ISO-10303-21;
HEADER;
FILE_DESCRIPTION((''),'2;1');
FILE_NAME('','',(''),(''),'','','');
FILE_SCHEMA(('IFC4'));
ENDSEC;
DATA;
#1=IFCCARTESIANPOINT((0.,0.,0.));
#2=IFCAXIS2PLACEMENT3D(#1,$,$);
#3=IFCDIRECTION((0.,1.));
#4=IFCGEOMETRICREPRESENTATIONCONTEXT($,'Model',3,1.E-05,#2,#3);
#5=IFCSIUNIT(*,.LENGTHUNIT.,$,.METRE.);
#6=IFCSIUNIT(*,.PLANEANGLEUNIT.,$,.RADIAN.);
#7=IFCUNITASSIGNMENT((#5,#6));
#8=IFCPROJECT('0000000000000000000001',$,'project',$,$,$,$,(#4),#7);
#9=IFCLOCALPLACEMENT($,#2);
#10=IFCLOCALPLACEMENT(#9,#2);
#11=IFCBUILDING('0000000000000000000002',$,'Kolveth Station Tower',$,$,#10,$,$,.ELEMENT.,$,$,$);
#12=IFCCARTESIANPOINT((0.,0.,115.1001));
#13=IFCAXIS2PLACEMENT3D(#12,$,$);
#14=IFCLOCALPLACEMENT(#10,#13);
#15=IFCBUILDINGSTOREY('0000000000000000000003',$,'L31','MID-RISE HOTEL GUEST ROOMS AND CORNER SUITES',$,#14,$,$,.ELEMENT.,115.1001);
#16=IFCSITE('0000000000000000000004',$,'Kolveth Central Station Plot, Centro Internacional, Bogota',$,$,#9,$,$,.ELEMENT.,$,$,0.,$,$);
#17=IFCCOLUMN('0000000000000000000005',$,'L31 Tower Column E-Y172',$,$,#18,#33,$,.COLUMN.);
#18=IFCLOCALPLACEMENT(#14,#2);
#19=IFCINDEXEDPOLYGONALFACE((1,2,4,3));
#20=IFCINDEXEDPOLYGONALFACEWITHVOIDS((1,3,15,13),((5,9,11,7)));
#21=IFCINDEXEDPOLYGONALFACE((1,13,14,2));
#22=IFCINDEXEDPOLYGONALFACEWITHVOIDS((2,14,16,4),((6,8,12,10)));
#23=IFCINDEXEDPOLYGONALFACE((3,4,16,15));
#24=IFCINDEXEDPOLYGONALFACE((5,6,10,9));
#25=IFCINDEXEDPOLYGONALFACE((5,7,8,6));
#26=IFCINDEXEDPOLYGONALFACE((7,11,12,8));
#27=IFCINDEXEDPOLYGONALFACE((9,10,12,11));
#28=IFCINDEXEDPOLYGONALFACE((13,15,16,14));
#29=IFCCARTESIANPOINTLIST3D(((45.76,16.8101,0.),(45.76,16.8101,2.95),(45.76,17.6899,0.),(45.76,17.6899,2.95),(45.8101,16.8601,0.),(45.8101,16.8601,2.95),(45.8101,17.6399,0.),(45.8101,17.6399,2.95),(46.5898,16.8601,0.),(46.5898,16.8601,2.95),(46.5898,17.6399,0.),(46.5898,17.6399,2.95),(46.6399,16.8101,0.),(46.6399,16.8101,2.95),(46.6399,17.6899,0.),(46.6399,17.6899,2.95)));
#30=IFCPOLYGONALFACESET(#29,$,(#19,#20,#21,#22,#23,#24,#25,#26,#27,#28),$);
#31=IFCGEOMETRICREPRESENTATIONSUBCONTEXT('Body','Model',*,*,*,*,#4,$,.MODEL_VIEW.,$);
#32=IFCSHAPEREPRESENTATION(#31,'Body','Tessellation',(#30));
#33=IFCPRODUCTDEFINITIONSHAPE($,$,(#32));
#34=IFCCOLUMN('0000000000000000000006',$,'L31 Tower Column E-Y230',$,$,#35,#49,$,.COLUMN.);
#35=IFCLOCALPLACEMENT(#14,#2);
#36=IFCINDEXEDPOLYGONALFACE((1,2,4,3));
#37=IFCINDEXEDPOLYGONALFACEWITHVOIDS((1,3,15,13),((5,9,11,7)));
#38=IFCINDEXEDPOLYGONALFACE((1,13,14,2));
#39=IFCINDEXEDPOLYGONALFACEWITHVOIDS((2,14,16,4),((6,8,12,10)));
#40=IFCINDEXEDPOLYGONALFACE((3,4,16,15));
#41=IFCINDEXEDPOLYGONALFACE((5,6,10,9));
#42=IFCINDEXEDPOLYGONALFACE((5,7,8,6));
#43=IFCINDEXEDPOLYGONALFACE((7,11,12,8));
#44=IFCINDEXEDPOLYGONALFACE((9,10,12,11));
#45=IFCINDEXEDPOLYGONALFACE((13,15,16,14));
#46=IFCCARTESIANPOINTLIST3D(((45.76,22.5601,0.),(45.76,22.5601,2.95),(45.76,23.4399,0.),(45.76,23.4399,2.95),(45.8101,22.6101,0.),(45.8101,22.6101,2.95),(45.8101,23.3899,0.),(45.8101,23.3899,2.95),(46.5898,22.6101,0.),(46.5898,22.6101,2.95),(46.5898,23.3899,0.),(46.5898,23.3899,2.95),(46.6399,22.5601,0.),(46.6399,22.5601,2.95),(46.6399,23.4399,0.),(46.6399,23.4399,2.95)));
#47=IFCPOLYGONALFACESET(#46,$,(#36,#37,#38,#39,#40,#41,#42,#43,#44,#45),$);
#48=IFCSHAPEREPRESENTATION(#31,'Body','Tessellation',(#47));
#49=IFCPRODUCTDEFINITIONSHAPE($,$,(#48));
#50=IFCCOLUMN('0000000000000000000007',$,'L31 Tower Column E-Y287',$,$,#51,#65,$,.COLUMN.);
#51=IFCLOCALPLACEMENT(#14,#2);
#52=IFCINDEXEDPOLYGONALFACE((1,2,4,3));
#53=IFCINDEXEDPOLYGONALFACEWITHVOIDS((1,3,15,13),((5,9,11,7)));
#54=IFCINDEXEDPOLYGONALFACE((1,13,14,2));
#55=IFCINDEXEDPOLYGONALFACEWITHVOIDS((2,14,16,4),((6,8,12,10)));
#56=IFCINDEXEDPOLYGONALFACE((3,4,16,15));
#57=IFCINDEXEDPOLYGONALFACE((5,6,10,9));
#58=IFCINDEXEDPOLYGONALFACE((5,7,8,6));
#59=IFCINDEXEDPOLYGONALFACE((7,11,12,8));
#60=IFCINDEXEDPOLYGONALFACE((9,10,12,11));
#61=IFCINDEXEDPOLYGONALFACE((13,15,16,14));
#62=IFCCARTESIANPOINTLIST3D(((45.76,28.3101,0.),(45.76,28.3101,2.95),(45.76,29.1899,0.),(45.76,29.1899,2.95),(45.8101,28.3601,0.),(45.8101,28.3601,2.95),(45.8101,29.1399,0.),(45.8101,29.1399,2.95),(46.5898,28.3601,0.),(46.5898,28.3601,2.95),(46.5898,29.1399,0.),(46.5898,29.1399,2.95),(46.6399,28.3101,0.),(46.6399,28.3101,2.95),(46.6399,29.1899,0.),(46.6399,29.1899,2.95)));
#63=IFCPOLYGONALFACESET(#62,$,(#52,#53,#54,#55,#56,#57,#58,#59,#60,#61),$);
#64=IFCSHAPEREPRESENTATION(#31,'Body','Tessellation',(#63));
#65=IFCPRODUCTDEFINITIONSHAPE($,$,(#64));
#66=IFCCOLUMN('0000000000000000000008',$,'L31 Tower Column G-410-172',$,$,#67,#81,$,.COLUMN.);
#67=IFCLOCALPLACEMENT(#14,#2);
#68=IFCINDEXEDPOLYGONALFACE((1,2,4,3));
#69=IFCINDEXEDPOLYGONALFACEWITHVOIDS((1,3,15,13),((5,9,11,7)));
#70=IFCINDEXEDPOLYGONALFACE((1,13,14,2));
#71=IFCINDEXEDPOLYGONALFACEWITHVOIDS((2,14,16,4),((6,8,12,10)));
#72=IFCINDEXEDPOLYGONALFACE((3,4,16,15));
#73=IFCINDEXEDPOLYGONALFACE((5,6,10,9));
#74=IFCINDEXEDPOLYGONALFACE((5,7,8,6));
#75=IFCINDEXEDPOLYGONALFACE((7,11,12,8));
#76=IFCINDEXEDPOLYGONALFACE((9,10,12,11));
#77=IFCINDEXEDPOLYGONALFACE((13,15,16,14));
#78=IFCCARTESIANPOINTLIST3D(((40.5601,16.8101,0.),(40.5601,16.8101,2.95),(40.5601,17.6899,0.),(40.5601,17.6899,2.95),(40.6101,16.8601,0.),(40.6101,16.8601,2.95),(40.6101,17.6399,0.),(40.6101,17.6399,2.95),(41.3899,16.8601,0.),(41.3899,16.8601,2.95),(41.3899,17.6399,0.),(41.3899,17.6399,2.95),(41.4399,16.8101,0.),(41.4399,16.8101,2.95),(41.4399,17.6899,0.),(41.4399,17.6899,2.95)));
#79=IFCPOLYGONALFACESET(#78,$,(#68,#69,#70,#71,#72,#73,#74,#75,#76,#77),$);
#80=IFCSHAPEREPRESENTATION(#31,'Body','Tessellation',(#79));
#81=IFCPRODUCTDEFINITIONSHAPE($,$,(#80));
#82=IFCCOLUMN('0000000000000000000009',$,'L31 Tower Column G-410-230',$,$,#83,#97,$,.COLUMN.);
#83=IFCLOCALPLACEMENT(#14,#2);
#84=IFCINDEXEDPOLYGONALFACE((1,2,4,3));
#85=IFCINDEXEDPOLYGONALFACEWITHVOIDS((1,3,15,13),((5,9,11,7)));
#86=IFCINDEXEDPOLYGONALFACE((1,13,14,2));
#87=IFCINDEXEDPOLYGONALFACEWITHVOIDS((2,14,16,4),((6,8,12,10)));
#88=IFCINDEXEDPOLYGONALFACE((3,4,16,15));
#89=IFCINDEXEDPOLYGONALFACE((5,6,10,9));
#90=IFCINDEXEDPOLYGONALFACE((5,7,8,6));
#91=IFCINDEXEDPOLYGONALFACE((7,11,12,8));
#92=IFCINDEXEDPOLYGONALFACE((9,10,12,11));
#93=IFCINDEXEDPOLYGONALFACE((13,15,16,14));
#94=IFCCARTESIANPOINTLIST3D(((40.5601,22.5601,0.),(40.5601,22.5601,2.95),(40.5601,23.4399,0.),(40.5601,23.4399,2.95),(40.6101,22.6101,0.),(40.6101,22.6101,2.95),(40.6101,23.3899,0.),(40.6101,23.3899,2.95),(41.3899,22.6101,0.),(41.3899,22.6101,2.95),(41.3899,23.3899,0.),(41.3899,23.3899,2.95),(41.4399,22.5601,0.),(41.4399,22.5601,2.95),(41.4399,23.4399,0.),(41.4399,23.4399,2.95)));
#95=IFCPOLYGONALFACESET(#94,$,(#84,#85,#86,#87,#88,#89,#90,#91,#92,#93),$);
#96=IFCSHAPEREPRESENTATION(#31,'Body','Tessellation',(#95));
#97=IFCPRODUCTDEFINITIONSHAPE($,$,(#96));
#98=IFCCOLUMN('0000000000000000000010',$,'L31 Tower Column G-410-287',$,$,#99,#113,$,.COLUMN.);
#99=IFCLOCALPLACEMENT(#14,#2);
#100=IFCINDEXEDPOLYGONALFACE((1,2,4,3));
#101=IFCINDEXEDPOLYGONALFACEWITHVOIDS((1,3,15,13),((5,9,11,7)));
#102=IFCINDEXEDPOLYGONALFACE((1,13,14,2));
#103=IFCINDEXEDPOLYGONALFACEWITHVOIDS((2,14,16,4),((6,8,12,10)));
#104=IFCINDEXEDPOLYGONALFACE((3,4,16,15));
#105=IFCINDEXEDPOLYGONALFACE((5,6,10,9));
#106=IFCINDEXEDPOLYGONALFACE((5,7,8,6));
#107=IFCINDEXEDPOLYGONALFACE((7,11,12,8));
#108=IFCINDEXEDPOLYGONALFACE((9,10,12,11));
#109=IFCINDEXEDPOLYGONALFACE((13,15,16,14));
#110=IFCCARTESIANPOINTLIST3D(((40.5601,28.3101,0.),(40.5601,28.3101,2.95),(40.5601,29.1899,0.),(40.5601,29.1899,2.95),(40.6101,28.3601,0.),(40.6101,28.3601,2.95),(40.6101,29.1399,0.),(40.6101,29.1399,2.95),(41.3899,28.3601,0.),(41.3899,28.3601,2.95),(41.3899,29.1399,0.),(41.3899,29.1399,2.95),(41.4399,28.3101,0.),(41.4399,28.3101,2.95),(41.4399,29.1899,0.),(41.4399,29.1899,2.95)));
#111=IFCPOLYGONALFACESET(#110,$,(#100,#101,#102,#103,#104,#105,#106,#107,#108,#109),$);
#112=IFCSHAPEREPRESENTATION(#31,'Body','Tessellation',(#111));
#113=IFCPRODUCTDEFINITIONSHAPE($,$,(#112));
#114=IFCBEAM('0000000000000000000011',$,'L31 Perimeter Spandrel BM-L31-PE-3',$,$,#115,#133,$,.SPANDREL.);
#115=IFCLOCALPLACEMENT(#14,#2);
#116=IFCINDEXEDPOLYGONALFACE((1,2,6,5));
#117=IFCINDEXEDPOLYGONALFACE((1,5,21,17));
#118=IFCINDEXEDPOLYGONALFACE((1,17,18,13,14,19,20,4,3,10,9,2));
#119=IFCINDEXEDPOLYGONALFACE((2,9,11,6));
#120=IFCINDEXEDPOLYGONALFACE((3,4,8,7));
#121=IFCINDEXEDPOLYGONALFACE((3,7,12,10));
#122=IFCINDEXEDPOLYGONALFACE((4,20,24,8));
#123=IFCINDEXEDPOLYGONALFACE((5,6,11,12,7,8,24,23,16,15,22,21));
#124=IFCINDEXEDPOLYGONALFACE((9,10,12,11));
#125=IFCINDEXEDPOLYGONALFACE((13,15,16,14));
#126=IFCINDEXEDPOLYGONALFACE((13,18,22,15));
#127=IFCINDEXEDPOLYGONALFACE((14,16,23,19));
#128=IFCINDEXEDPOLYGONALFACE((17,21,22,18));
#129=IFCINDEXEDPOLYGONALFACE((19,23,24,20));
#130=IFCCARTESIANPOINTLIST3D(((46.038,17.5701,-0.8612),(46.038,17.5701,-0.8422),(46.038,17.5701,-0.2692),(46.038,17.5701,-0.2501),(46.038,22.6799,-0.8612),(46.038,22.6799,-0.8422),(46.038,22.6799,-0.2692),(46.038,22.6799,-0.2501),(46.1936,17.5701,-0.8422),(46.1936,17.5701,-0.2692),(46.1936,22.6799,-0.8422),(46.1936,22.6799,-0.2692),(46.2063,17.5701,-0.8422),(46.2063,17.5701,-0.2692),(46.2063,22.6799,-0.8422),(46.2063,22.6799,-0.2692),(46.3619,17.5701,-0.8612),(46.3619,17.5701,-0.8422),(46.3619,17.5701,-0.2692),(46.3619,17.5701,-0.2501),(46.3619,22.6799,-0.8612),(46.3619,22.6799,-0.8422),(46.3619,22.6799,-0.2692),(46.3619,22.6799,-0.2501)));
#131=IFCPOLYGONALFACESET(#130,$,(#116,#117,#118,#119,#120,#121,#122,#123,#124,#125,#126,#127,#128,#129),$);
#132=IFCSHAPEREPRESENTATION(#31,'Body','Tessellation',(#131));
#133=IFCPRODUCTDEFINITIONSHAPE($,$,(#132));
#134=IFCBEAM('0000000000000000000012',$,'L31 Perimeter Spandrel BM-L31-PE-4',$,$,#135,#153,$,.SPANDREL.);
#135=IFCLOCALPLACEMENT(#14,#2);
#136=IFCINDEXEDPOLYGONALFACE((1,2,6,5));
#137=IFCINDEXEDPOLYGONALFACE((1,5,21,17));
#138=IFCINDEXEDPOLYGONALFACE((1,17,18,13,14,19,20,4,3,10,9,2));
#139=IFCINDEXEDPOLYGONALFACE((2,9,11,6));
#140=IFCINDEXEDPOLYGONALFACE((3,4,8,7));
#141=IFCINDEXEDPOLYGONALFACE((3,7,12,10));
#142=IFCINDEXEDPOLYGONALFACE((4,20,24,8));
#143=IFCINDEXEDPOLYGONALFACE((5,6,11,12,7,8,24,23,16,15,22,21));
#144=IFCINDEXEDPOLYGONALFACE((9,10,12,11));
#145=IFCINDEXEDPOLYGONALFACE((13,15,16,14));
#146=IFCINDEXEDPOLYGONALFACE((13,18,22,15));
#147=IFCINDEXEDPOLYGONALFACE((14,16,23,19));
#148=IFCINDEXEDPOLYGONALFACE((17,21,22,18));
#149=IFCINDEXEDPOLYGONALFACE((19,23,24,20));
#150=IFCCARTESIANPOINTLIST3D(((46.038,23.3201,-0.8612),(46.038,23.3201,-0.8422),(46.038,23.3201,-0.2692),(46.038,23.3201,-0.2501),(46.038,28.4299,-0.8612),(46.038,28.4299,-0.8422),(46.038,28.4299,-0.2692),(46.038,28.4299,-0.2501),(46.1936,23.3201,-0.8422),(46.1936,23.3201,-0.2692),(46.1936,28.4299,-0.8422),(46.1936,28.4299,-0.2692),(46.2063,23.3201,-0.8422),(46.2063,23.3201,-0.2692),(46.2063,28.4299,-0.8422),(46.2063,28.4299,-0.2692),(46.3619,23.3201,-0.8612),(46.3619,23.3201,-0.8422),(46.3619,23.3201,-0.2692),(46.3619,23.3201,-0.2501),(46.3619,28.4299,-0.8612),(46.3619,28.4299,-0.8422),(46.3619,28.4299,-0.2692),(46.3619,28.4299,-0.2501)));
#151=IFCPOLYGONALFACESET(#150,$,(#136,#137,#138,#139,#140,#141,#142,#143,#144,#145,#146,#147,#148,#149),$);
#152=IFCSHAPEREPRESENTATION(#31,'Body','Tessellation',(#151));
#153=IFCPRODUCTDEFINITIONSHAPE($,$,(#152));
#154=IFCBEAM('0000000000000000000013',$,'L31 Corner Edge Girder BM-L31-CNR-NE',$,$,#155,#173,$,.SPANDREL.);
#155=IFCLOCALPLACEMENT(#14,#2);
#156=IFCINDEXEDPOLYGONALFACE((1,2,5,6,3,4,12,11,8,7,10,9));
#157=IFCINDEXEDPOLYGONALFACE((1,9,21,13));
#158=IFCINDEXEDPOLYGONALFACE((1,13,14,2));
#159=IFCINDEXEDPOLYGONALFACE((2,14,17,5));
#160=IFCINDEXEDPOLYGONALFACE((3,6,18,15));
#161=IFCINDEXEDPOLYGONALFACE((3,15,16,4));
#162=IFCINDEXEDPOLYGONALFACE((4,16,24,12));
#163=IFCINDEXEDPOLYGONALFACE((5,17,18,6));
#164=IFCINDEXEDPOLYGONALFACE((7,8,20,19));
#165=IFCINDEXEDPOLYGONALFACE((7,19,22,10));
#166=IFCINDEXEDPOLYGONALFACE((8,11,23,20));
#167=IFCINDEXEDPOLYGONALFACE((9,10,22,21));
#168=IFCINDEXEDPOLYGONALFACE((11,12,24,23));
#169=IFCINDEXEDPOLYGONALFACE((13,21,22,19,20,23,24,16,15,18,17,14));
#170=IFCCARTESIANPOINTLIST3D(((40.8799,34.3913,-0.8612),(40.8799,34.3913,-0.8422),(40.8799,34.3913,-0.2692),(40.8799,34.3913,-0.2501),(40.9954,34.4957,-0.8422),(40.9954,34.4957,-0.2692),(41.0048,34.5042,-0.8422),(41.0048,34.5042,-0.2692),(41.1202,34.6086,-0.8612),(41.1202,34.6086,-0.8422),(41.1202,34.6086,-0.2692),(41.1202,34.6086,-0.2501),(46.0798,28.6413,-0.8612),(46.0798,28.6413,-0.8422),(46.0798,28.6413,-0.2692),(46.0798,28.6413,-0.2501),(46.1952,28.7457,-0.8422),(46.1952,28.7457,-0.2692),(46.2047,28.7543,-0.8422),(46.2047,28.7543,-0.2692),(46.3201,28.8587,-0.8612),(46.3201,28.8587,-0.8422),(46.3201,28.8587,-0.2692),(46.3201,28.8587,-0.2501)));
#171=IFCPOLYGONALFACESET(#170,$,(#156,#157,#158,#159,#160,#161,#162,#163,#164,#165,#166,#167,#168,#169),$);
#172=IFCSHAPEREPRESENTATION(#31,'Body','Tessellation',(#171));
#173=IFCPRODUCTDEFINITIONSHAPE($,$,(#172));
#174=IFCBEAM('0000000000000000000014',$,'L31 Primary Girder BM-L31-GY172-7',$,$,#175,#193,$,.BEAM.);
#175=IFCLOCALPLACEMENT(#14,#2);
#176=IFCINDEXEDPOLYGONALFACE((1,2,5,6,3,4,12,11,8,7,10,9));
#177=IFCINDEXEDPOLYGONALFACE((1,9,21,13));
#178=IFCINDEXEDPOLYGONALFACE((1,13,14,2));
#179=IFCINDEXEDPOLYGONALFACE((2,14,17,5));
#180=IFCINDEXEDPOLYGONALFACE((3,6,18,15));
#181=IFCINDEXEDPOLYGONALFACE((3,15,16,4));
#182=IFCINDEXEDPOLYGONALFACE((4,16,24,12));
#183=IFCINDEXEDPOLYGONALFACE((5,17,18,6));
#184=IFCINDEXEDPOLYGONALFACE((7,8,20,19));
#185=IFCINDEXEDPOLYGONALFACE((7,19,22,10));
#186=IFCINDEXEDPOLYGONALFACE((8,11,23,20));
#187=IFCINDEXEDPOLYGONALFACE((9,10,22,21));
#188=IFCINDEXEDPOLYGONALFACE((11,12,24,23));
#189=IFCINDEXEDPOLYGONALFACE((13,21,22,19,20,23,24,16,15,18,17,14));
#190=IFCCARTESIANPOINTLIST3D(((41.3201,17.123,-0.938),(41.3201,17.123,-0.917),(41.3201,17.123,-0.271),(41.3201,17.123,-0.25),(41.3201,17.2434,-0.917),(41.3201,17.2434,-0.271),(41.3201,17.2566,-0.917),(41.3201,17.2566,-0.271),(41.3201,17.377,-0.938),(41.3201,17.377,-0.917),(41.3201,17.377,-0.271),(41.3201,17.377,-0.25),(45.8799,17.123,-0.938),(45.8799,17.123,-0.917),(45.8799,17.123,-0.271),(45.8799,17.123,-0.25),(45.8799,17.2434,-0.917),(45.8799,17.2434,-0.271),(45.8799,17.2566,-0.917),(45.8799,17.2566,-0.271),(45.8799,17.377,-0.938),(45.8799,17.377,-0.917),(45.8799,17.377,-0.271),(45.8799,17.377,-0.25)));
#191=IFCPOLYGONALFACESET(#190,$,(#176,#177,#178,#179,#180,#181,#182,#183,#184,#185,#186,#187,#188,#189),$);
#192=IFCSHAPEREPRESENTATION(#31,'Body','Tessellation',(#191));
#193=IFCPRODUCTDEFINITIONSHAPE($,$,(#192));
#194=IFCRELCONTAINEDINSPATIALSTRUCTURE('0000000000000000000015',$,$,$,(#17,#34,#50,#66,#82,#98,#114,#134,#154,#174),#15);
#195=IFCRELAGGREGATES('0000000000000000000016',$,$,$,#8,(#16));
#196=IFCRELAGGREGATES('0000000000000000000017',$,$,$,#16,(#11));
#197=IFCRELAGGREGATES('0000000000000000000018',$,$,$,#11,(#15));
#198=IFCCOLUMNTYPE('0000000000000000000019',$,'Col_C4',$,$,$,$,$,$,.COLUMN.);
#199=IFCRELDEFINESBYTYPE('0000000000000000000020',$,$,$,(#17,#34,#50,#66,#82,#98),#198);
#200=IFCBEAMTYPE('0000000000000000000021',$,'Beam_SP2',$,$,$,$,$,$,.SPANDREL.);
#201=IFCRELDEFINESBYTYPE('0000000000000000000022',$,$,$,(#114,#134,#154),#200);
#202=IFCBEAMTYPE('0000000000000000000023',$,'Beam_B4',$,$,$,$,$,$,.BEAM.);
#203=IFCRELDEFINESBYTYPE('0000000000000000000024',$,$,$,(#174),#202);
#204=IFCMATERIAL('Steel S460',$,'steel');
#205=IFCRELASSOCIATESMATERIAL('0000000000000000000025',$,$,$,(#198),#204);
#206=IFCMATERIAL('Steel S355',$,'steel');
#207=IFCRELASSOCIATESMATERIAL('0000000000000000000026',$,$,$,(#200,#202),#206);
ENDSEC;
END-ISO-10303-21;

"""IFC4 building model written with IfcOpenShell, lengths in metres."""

from ifc_helpers import new_model, si_unit, direction, frame, origin, origin_2d, place, context, subcontext, project, spatial, hollow_rectangle, i_section, extrude, source, transform, mapped, material, material_profile, profile_set, type_object, element, save


model = new_model("IFC4")

# Units and contexts
model_context = context("Model", 3, precision=1e-05, world=origin(), true_north=direction((0.0, 1.0)))
body_context = subcontext(model_context, "Body", "Model", "MODEL_VIEW")
ifc_project = project(units=[si_unit("LENGTHUNIT", "METRE"), si_unit("PLANEANGLEUNIT", "RADIAN")], contexts=[model_context])

# Site, building, storey
site_placement = place(None, origin())
site = spatial("IfcSite", under=ifc_project, at=site_placement, Name="Kolveth Central Station Plot, Centro Internacional, Bogota", CompositionType="ELEMENT", RefElevation=0.0)
building_placement = place(site_placement, origin())
building = spatial("IfcBuilding", under=site, at=building_placement, Name="Kolveth Station Tower", CompositionType="ELEMENT")
storey_placement = place(building_placement, frame((0.0, 0.0, 115.1001)))
storey = spatial("IfcBuildingStorey", under=building, at=storey_placement, Name="L31", Description="MID-RISE HOTEL GUEST ROOMS AND CORNER SUITES", CompositionType="ELEMENT", Elevation=115.1001)

# Columns
ifc_material_1 = material(Name="Steel S460", Category="steel")
ifc_material_profile_1 = material_profile(ifc_material_1, hollow_rectangle(XDim=0.8799, YDim=0.8799, WallThickness=0.05, at=origin_2d()), Name="BOX880x880x50")
ifc_profile_set_1 = profile_set([ifc_material_profile_1], Name="Steel S460")
column_type = type_object("IfcColumnType", Name="Col_C4", PredefinedType="COLUMN", material=ifc_profile_set_1)
shared_shape_1 = source(origin(), body_context, "Body", "SweptSolid", [
    extrude(hollow_rectangle(XDim=0.8799, YDim=0.8799, WallThickness=0.05, at=origin_2d()), origin(), (0.0, 0.0, 1.0), 2.95),
])
for number, where, z_axis, x_axis, name in (
    (1, (46.2, 17.25, 0.0), (0.0, 0.0, 1.0), (1.0, 0.0, 0.0), "L31 Tower Column E-Y172"),
    (2, (46.2, 23.0, 0.0), (0.0, 0.0, 1.0), (1.0, 0.0, 0.0), "L31 Tower Column E-Y230"),
    (3, (46.2, 28.75, 0.0), (0.0, 0.0, 1.0), (1.0, 0.0, 0.0), "L31 Tower Column E-Y287"),
    (4, (41.0, 17.25, 0.0), (0.0, 0.0, 1.0), (1.0, 0.0, 0.0), "L31 Tower Column G-410-172"),
    (5, (41.0, 23.0, 0.0), (0.0, 0.0, 1.0), (1.0, 0.0, 0.0), "L31 Tower Column G-410-230"),
    (6, (41.0, 28.75, 0.0), (0.0, 0.0, 1.0), (1.0, 0.0, 0.0), "L31 Tower Column G-410-287"),
):
    element("IfcColumn", number, at=place(storey_placement, frame(where, z_axis=z_axis, x_axis=x_axis)), inside=storey, type_object=column_type, Name=name, PredefinedType="COLUMN", context=body_context, shape_type="MappedRepresentation", body=[
        mapped(shared_shape_1, transform((0.0, 0.0, 0.0), x_axis=(1.0, 0.0, 0.0), y_axis=(0.0, 1.0, 0.0), z_axis=(0.0, 0.0, 1.0), scale=1.0)),
    ])

# Beams
ifc_material_2 = material(Name="Steel S355", Category="steel")
ifc_material_profile_2 = material_profile(ifc_material_2, i_section(OverallWidth=0.324, OverallDepth=0.6111, WebThickness=0.0127, FlangeThickness=0.019, at=origin_2d()), Name="W610x155")
ifc_profile_set_2 = profile_set([ifc_material_profile_2], Name="Steel S355")
beam_type_1 = type_object("IfcBeamType", Name="Beam_SP2", PredefinedType="SPANDREL", material=ifc_profile_set_2)
shared_shape_2 = source(origin(), body_context, "Body", "SweptSolid", [
    extrude(i_section(OverallWidth=0.324, OverallDepth=0.6111, WebThickness=0.0127, FlangeThickness=0.019, at=origin_2d()), origin(), (0.0, 0.0, 1.0), 5.1099),
])
for number, where, z_axis, x_axis, name in (
    (7, (46.2, 17.5701, -0.5557), (0.0, 1.0, 0.0), (-1.0, 0.0, 0.0), "L31 Perimeter Spandrel BM-L31-PE-3"),
    (8, (46.2, 23.3201, -0.5557), (0.0, 1.0, 0.0), (-1.0, 0.0, 0.0), "L31 Perimeter Spandrel BM-L31-PE-4"),
):
    element("IfcBeam", number, at=place(storey_placement, frame(where, z_axis=z_axis, x_axis=x_axis)), inside=storey, type_object=beam_type_1, Name=name, PredefinedType="SPANDREL", context=body_context, shape_type="MappedRepresentation", body=[
        mapped(shared_shape_2, transform((0.0, 0.0, 0.0), x_axis=(1.0, 0.0, 0.0), y_axis=(0.0, 1.0, 0.0), z_axis=(0.0, 0.0, 1.0), scale=1.0)),
    ])
shared_shape_3 = source(origin(), body_context, "Body", "SweptSolid", [
    extrude(i_section(OverallWidth=0.324, OverallDepth=0.6111, WebThickness=0.0127, FlangeThickness=0.019, at=origin_2d()), origin(), (0.0, 0.0, 1.0), 7.7524),
])
beam_placement = place(storey_placement, frame((46.2, 28.75, -0.5557), z_axis=(-0.670741, 0.741692, 0.0), x_axis=(-0.741692, -0.670741, 0.0)))
element("IfcBeam", 9, at=beam_placement, inside=storey, type_object=beam_type_1, Name="L31 Corner Edge Girder BM-L31-CNR-NE", PredefinedType="SPANDREL", context=body_context, shape_type="MappedRepresentation", body=[
    mapped(shared_shape_3, transform((0.0, 0.0, 0.0), x_axis=(1.0, 0.0, 0.0), y_axis=(0.0, 1.0, 0.0), z_axis=(0.0, 0.0, 1.0), scale=1.0)),
])
ifc_material_profile_3 = material_profile(ifc_material_2, i_section(OverallWidth=0.2539, OverallDepth=0.688, WebThickness=0.0132, FlangeThickness=0.021, at=origin_2d()), Name="W690x152")
ifc_profile_set_3 = profile_set([ifc_material_profile_3], Name="Steel S355")
beam_type_2 = type_object("IfcBeamType", Name="Beam_B4", PredefinedType="BEAM", material=ifc_profile_set_3)
shared_shape_4 = source(origin(), body_context, "Body", "SweptSolid", [
    extrude(i_section(OverallWidth=0.2539, OverallDepth=0.688, WebThickness=0.0132, FlangeThickness=0.021, at=origin_2d()), origin(), (0.0, 0.0, 1.0), 4.5598),
])
for number, where, z_axis, x_axis, name in (
    (10, (41.3201, 17.25, -0.594), (1.0, 0.0, 0.0), (0.0, 1.0, 0.0), "L31 Primary Girder BM-L31-GY172-7"),
):
    element("IfcBeam", number, at=place(storey_placement, frame(where, z_axis=z_axis, x_axis=x_axis)), inside=storey, type_object=beam_type_2, Name=name, PredefinedType="BEAM", context=body_context, shape_type="MappedRepresentation", body=[
        mapped(shared_shape_4, transform((0.0, 0.0, 0.0), x_axis=(1.0, 0.0, 0.0), y_axis=(0.0, 1.0, 0.0), z_axis=(0.0, 0.0, 1.0), scale=1.0)),
    ])

save(model, "model.ifc")
